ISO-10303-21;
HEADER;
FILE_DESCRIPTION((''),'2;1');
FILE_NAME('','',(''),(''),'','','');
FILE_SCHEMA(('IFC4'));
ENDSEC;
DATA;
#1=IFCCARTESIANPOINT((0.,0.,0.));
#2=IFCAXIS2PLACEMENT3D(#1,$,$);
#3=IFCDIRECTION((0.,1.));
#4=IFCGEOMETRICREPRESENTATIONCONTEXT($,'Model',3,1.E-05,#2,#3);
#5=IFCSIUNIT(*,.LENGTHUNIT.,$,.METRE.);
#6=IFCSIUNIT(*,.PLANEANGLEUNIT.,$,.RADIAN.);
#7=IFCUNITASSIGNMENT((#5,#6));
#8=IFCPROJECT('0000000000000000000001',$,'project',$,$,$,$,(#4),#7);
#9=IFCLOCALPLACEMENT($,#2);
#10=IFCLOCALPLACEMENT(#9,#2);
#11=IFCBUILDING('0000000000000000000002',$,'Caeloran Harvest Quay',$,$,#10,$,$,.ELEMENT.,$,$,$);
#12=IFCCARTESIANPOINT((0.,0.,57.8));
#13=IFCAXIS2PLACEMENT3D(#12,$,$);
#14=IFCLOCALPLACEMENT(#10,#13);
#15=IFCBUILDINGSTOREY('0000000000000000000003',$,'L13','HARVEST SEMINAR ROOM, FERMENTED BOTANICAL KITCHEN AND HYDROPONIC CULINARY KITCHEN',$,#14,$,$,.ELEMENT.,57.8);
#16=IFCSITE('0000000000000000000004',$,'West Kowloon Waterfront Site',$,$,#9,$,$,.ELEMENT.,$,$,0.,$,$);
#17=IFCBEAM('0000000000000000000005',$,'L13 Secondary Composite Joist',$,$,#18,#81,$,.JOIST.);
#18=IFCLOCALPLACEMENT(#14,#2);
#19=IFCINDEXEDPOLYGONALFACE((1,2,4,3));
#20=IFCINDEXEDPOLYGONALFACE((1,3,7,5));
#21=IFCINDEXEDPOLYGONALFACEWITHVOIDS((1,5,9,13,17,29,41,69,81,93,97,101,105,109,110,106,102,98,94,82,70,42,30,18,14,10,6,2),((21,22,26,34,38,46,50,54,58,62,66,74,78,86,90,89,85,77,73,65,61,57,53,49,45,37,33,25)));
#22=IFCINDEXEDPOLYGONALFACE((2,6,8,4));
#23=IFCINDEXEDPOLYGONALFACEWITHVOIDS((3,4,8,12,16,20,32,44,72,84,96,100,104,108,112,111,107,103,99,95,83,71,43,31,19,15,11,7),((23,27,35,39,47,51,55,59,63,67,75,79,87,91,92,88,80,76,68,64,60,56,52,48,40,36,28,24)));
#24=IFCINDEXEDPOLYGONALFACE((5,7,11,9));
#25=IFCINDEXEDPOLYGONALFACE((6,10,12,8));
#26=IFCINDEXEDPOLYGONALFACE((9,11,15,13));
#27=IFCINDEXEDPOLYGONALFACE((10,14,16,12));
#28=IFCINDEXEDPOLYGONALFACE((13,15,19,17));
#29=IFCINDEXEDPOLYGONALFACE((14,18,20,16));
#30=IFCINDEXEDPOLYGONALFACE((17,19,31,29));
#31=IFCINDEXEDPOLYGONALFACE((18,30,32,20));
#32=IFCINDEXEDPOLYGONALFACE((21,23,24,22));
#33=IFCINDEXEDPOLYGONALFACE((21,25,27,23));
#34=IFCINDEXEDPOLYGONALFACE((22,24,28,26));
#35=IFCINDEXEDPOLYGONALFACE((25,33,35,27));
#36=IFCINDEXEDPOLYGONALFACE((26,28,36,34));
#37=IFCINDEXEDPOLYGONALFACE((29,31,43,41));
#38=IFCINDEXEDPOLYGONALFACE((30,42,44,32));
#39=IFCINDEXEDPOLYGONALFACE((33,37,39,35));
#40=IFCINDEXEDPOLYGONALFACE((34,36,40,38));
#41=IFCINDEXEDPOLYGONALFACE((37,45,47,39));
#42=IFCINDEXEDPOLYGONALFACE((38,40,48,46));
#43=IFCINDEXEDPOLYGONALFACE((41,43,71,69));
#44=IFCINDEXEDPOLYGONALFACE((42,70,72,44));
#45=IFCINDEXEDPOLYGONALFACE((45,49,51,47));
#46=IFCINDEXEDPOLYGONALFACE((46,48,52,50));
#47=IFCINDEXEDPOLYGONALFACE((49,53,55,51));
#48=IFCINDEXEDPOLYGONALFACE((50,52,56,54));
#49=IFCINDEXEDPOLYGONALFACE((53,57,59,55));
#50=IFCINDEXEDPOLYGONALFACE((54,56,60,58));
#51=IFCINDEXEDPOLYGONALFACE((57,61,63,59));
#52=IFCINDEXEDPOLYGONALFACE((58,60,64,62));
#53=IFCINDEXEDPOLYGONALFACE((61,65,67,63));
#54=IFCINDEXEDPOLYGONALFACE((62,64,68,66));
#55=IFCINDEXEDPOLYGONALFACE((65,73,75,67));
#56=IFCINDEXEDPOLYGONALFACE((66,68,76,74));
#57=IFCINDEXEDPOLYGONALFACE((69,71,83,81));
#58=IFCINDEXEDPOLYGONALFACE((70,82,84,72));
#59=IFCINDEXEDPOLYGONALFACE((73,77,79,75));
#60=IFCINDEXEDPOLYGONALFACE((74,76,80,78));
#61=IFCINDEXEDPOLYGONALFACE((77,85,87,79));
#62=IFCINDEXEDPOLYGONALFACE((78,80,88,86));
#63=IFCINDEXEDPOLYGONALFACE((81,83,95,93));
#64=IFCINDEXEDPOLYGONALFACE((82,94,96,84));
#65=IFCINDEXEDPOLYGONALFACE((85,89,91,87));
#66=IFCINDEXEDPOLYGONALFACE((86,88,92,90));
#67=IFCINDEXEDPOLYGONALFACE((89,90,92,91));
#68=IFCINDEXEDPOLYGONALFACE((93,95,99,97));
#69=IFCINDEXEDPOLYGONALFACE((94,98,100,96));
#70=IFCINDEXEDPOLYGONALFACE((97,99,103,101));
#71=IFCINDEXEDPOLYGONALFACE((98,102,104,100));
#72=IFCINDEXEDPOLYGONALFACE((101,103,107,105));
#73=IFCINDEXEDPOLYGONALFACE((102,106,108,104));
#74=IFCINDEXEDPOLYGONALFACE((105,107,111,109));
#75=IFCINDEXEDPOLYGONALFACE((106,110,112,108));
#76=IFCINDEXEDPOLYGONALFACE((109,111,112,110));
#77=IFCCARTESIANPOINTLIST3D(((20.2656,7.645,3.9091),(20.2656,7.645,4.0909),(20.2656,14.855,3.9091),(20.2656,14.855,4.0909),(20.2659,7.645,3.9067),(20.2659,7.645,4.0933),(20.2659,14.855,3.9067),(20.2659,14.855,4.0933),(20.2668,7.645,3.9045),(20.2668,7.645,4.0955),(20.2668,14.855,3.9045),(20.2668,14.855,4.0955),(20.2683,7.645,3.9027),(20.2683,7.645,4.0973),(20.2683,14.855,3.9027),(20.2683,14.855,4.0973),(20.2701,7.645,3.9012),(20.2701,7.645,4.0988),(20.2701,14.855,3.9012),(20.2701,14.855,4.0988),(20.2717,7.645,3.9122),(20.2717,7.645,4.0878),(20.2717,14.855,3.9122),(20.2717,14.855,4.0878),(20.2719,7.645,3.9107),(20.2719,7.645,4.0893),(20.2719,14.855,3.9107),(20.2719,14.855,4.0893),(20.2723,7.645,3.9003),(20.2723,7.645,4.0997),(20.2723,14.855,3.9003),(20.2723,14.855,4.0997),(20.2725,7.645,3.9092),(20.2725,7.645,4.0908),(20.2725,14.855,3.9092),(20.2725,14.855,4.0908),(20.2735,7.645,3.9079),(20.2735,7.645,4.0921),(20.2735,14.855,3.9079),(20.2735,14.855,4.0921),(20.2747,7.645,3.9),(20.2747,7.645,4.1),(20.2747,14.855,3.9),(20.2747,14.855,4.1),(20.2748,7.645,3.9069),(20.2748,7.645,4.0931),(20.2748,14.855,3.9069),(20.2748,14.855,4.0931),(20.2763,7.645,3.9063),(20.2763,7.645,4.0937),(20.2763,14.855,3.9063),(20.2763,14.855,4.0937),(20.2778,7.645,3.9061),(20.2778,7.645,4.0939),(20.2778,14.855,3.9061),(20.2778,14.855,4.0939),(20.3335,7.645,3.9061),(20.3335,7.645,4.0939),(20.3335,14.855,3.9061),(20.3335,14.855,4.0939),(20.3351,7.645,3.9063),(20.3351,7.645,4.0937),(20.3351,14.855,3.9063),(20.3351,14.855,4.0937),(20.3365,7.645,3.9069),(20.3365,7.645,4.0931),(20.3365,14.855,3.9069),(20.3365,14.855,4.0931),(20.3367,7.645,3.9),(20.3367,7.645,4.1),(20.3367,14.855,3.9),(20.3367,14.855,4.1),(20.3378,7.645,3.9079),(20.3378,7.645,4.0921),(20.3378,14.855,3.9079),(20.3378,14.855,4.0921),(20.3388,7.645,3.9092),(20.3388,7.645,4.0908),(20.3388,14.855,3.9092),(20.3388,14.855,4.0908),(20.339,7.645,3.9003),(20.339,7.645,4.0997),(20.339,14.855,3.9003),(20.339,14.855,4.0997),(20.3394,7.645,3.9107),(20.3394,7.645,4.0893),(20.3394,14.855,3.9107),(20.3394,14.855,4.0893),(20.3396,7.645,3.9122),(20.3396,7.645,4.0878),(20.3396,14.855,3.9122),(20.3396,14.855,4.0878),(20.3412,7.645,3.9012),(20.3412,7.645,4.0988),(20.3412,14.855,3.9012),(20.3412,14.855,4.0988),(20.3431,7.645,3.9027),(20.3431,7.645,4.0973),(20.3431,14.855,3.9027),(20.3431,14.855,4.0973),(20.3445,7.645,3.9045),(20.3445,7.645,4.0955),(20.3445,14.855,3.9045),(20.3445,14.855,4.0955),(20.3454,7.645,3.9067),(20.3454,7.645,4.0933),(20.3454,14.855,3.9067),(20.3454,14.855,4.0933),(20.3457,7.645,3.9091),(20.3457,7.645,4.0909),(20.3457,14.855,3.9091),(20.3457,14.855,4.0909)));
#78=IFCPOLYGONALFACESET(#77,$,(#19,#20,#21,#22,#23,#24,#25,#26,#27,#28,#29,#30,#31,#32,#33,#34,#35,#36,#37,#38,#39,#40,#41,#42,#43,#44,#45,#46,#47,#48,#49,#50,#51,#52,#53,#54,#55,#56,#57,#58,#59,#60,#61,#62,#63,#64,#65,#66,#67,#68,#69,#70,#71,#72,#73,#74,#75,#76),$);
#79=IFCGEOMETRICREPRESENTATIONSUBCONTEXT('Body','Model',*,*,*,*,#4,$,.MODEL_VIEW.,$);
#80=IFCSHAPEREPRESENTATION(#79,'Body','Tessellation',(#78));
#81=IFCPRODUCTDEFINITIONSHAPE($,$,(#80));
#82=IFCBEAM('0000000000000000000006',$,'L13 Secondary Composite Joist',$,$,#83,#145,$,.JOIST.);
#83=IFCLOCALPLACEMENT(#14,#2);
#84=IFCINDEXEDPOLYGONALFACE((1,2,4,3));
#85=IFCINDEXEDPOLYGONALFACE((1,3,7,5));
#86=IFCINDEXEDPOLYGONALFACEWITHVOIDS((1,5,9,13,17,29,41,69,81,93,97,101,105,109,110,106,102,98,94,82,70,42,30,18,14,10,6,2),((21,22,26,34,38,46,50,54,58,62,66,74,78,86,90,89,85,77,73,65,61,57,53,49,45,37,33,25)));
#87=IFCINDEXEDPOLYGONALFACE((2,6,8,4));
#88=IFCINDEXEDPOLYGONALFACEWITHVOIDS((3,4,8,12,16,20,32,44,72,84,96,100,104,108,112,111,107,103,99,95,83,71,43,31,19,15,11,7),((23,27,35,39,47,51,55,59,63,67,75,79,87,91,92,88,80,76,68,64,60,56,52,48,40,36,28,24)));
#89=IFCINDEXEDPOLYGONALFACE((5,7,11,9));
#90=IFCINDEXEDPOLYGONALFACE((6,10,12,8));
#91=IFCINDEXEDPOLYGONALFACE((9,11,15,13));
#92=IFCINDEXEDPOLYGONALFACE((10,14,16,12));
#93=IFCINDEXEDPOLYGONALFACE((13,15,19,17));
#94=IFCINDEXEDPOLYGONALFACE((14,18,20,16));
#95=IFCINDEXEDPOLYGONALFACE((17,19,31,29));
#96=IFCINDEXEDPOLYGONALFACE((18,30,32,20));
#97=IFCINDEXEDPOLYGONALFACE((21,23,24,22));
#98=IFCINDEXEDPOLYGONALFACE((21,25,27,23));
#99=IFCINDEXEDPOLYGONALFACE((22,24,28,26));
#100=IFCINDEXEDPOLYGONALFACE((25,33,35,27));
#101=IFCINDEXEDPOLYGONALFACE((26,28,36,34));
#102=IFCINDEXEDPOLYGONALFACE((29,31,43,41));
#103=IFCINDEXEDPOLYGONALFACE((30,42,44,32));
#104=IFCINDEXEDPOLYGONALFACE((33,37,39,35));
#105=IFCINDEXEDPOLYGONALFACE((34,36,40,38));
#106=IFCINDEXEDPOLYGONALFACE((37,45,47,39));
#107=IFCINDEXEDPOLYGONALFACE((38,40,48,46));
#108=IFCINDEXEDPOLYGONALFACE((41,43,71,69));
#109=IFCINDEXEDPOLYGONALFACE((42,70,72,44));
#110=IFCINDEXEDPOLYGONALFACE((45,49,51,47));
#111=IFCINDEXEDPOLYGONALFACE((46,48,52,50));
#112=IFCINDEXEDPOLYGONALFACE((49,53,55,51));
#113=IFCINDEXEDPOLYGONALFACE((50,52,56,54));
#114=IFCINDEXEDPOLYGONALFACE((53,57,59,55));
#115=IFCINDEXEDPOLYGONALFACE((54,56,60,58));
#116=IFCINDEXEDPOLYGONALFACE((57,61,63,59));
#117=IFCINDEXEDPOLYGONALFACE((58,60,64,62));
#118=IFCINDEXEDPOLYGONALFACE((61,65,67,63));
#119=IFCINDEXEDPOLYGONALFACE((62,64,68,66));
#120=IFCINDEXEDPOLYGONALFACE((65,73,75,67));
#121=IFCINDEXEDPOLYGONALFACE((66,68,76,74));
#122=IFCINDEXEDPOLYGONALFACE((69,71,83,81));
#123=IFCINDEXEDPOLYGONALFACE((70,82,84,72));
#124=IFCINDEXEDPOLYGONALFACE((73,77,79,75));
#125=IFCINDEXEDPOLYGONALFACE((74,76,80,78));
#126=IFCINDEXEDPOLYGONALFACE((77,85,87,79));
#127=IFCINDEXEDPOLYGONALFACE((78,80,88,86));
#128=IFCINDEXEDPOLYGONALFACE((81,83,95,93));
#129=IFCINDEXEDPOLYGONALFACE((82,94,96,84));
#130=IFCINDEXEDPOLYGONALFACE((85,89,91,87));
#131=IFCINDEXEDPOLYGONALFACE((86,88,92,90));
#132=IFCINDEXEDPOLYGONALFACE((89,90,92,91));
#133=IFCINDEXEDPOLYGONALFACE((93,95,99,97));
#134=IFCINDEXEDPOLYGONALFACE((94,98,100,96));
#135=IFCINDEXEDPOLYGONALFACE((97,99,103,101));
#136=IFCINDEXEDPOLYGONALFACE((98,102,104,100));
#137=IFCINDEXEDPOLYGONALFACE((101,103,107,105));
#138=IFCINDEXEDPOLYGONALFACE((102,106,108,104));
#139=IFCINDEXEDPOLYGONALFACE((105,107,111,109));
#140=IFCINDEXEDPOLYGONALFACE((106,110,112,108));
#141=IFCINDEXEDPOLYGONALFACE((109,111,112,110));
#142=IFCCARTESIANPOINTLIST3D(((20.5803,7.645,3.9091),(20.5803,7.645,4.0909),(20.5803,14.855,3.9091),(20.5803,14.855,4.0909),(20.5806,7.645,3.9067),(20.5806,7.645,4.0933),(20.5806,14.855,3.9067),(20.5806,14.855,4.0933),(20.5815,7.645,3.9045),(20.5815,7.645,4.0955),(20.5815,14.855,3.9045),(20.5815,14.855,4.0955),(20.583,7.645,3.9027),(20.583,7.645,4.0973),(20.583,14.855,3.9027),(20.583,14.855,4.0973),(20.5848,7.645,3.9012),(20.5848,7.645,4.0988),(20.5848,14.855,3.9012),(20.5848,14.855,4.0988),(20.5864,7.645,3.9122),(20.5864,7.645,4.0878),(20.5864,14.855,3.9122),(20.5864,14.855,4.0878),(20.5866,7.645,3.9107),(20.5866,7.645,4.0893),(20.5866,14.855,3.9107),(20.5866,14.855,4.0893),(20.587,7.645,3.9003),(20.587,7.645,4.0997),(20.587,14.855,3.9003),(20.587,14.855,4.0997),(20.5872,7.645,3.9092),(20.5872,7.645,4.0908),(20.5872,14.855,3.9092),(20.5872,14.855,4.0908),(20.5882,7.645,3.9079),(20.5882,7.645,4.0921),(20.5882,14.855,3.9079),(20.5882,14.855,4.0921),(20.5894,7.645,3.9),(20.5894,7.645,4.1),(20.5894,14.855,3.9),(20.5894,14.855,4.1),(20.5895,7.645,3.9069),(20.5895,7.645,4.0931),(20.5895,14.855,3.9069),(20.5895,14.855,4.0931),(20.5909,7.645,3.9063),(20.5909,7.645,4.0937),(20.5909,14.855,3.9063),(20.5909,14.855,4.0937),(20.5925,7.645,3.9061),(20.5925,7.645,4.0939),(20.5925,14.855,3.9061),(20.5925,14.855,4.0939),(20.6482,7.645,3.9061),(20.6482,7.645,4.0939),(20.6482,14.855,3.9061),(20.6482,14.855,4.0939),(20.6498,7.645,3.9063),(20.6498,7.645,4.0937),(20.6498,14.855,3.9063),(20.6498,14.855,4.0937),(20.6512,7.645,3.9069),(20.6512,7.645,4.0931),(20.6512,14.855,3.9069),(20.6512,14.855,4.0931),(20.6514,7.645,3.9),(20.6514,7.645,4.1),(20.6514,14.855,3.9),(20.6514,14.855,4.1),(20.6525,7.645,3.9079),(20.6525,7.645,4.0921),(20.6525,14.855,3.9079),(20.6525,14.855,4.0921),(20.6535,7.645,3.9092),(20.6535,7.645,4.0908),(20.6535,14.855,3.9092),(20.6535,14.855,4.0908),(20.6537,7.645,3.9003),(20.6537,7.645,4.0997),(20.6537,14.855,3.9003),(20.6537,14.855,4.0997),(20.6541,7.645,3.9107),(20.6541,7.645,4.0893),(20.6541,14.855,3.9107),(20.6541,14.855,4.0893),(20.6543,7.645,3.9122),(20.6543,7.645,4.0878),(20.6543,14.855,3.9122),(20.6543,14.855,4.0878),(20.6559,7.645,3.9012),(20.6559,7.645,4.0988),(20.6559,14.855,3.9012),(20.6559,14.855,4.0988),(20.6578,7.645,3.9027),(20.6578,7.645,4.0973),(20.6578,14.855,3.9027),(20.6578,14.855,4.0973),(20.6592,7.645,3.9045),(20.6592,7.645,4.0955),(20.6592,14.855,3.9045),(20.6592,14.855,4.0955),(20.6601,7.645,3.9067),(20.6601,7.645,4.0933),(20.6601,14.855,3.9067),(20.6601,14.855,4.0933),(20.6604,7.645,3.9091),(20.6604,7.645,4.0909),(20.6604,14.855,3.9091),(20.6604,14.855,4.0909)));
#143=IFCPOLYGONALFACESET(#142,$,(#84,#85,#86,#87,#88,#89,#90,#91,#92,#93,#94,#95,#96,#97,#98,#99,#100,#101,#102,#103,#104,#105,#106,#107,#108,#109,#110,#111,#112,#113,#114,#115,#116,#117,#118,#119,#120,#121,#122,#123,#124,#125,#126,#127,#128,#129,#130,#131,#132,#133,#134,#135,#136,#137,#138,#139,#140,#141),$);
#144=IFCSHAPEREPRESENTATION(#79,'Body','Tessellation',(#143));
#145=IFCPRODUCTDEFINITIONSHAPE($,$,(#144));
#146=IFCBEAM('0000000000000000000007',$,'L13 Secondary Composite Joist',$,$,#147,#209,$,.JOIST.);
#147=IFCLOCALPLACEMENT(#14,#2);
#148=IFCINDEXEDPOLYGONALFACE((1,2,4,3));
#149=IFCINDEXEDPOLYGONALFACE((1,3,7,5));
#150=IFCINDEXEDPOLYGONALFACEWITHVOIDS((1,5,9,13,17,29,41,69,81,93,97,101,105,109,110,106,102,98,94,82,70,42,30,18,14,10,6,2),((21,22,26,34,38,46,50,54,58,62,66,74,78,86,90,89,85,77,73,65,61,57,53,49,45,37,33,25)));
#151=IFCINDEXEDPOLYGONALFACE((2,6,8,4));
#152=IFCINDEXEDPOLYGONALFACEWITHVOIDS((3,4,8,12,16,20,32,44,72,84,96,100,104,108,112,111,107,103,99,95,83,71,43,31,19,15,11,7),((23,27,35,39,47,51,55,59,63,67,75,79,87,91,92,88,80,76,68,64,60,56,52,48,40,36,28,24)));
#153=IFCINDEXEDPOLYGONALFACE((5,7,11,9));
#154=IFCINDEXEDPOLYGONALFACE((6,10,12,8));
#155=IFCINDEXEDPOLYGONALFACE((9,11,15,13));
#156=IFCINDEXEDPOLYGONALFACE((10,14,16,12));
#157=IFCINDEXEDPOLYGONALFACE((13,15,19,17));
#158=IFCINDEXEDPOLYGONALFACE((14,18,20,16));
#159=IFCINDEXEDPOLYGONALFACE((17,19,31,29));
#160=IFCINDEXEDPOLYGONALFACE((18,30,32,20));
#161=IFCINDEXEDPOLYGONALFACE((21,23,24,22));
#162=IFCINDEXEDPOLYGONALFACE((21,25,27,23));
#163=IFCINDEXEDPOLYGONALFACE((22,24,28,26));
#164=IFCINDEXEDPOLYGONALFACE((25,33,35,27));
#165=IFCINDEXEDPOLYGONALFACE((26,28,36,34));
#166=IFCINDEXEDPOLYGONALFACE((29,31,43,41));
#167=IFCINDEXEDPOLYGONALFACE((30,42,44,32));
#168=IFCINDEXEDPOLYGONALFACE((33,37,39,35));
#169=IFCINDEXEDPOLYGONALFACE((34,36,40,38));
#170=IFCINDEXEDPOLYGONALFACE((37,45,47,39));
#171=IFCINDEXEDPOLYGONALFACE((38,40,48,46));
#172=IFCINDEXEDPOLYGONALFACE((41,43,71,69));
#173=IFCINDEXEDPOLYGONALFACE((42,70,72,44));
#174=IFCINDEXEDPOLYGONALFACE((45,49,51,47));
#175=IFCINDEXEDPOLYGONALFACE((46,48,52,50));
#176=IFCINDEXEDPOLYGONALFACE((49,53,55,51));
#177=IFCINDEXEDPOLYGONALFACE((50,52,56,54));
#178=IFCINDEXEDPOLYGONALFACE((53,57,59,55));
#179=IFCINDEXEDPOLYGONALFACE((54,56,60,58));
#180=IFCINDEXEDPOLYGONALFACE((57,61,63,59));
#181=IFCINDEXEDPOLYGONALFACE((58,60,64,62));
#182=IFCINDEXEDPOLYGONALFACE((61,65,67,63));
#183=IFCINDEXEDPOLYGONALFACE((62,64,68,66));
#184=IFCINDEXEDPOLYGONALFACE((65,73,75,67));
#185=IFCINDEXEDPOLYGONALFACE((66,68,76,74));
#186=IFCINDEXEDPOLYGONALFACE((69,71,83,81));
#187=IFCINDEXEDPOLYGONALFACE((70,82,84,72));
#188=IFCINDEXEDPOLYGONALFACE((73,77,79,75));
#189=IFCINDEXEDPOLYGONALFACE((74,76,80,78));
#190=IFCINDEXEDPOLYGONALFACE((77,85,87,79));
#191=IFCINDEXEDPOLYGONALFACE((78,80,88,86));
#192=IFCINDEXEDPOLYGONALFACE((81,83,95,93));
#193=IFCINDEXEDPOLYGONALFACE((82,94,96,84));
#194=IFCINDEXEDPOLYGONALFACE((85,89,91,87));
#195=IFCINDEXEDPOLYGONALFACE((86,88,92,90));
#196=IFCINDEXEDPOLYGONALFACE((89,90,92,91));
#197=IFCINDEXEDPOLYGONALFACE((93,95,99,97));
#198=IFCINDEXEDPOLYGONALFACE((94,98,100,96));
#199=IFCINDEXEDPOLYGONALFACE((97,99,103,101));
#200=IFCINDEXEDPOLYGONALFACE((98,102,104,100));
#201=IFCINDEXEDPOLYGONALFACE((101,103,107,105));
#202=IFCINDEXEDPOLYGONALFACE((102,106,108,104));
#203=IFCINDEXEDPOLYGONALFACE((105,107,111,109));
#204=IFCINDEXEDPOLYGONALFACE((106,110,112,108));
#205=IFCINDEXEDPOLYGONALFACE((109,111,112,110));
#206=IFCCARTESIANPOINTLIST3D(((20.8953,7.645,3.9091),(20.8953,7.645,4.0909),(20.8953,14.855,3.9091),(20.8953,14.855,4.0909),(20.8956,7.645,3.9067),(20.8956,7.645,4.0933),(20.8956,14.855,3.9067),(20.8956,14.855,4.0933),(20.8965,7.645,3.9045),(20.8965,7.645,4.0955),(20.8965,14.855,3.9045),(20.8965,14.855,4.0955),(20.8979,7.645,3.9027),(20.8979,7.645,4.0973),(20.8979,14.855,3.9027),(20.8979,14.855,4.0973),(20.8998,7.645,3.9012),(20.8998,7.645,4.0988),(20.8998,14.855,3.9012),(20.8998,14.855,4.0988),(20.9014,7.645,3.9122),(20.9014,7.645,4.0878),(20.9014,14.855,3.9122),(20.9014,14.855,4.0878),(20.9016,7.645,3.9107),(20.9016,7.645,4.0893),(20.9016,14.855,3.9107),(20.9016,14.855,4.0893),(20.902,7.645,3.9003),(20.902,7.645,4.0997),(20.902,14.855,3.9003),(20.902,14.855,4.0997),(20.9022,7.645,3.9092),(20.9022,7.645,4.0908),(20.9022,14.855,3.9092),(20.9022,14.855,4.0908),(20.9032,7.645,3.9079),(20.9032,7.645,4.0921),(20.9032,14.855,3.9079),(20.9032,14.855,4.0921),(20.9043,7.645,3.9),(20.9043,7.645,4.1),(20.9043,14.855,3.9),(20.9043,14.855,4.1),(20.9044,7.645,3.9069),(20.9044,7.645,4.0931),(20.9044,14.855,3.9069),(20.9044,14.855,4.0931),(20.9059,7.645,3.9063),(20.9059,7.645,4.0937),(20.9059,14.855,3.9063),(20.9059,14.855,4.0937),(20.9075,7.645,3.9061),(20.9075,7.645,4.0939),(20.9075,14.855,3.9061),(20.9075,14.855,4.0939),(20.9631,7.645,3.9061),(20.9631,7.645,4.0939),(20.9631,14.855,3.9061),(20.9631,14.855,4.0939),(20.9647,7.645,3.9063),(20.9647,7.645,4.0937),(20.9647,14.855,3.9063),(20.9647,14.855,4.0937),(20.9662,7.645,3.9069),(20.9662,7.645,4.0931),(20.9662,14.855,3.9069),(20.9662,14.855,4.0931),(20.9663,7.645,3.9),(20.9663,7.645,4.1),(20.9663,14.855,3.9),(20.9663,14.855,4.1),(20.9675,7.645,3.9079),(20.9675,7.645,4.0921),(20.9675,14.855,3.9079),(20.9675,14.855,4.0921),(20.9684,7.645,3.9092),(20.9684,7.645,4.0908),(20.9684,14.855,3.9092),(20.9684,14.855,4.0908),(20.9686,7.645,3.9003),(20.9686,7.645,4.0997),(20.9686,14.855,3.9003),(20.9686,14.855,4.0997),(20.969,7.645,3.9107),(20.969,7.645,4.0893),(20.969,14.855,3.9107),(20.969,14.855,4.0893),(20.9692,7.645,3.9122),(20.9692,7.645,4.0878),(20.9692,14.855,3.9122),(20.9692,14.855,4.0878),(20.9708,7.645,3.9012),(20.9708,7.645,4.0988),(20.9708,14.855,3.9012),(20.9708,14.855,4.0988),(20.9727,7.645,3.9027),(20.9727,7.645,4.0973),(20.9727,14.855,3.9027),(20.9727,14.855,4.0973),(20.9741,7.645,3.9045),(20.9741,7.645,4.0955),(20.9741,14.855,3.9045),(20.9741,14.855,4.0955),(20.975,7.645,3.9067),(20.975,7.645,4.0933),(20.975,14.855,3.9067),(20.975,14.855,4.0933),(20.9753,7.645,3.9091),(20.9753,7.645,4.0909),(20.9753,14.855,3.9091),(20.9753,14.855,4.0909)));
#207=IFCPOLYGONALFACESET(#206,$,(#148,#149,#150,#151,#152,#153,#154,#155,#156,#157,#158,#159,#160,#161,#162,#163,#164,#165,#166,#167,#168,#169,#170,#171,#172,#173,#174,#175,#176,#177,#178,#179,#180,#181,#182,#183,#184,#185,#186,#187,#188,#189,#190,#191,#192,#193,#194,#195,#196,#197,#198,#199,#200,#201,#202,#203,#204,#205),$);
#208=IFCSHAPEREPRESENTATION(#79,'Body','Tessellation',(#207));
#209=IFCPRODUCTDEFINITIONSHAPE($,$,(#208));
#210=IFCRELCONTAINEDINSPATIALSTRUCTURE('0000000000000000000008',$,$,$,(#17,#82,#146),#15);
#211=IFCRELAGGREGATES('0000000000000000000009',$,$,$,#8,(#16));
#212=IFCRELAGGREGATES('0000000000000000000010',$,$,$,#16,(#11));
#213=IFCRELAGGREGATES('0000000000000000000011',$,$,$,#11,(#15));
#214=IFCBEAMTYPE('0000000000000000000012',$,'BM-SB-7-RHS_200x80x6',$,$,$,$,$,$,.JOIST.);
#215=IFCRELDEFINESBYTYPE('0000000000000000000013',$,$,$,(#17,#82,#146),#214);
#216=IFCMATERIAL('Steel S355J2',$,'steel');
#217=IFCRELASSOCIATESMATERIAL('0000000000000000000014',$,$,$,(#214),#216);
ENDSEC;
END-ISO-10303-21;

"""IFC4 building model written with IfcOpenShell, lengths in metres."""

from ifc_helpers import new_model, si_unit, direction, frame, origin, origin_2d, place, context, subcontext, project, spatial, hollow_rectangle, extrude, material, material_profile, profile_set, type_object, element, save


model = new_model("IFC4")

# Units and contexts
model_context = context("Model", 3, precision=1e-05, world=origin(), true_north=direction((0.0, 1.0)))
body_context = subcontext(model_context, "Body", "Model", "MODEL_VIEW")
ifc_project = project(units=[si_unit("LENGTHUNIT", "METRE"), si_unit("PLANEANGLEUNIT", "RADIAN")], contexts=[model_context])

# Site, building, storey
site_placement = place(None, origin())
site = spatial("IfcSite", under=ifc_project, at=site_placement, Name="West Kowloon Waterfront Site", CompositionType="ELEMENT", RefElevation=0.0)
building_placement = place(site_placement, origin())
building = spatial("IfcBuilding", under=site, at=building_placement, Name="Caeloran Harvest Quay", CompositionType="ELEMENT")
storey_placement = place(building_placement, frame((0.0, 0.0, 57.8)))
storey = spatial("IfcBuildingStorey", under=building, at=storey_placement, Name="L13", Description="HARVEST SEMINAR ROOM, FERMENTED BOTANICAL KITCHEN AND HYDROPONIC CULINARY KITCHEN", CompositionType="ELEMENT", Elevation=57.8)

# Beams
ifc_material = material(Name="Steel S355J2", Category="steel")
ifc_material_profile_1 = material_profile(ifc_material, hollow_rectangle(XDim=0.0801, YDim=0.2, WallThickness=0.0061, InnerFilletRadius=0.0061, OuterFilletRadius=0.009, at=origin_2d()), Name="RHS 200x80x6")
ifc_profile_set_1 = profile_set([ifc_material_profile_1], Name="Steel S355J2")
beam_type_1 = type_object("IfcBeamType", Name="BM-SB-7-RHS_200x80x6", PredefinedType="JOIST", material=ifc_profile_set_1)
for number, where, z_axis, x_axis, name in (
    (1, (20.3057, 7.645, 4.0), (0.0, 1.0, 0.0), (-1.0, 0.0, 0.0), "L13 Secondary Composite Joist"),
    (2, (20.6204, 7.645, 4.0), (0.0, 1.0, 0.0), (-1.0, 0.0, 0.0), "L13 Secondary Composite Joist"),
    (3, (20.9353, 7.645, 4.0), (0.0, 1.0, 0.0), (-1.0, 0.0, 0.0), "L13 Secondary Composite Joist"),
):
    element("IfcBeam", number, at=place(storey_placement, frame(where, z_axis=z_axis, x_axis=x_axis)), inside=storey, type_object=beam_type_1, Name=name, PredefinedType="JOIST", context=body_context, shape_type="SweptSolid", body=[
        extrude(hollow_rectangle(XDim=0.0801, YDim=0.2, WallThickness=0.0061, InnerFilletRadius=0.0061, OuterFilletRadius=0.009, at=origin_2d()), origin(), (0.0, 0.0, 1.0), 7.21),
    ])

save(model, "model.ifc")
